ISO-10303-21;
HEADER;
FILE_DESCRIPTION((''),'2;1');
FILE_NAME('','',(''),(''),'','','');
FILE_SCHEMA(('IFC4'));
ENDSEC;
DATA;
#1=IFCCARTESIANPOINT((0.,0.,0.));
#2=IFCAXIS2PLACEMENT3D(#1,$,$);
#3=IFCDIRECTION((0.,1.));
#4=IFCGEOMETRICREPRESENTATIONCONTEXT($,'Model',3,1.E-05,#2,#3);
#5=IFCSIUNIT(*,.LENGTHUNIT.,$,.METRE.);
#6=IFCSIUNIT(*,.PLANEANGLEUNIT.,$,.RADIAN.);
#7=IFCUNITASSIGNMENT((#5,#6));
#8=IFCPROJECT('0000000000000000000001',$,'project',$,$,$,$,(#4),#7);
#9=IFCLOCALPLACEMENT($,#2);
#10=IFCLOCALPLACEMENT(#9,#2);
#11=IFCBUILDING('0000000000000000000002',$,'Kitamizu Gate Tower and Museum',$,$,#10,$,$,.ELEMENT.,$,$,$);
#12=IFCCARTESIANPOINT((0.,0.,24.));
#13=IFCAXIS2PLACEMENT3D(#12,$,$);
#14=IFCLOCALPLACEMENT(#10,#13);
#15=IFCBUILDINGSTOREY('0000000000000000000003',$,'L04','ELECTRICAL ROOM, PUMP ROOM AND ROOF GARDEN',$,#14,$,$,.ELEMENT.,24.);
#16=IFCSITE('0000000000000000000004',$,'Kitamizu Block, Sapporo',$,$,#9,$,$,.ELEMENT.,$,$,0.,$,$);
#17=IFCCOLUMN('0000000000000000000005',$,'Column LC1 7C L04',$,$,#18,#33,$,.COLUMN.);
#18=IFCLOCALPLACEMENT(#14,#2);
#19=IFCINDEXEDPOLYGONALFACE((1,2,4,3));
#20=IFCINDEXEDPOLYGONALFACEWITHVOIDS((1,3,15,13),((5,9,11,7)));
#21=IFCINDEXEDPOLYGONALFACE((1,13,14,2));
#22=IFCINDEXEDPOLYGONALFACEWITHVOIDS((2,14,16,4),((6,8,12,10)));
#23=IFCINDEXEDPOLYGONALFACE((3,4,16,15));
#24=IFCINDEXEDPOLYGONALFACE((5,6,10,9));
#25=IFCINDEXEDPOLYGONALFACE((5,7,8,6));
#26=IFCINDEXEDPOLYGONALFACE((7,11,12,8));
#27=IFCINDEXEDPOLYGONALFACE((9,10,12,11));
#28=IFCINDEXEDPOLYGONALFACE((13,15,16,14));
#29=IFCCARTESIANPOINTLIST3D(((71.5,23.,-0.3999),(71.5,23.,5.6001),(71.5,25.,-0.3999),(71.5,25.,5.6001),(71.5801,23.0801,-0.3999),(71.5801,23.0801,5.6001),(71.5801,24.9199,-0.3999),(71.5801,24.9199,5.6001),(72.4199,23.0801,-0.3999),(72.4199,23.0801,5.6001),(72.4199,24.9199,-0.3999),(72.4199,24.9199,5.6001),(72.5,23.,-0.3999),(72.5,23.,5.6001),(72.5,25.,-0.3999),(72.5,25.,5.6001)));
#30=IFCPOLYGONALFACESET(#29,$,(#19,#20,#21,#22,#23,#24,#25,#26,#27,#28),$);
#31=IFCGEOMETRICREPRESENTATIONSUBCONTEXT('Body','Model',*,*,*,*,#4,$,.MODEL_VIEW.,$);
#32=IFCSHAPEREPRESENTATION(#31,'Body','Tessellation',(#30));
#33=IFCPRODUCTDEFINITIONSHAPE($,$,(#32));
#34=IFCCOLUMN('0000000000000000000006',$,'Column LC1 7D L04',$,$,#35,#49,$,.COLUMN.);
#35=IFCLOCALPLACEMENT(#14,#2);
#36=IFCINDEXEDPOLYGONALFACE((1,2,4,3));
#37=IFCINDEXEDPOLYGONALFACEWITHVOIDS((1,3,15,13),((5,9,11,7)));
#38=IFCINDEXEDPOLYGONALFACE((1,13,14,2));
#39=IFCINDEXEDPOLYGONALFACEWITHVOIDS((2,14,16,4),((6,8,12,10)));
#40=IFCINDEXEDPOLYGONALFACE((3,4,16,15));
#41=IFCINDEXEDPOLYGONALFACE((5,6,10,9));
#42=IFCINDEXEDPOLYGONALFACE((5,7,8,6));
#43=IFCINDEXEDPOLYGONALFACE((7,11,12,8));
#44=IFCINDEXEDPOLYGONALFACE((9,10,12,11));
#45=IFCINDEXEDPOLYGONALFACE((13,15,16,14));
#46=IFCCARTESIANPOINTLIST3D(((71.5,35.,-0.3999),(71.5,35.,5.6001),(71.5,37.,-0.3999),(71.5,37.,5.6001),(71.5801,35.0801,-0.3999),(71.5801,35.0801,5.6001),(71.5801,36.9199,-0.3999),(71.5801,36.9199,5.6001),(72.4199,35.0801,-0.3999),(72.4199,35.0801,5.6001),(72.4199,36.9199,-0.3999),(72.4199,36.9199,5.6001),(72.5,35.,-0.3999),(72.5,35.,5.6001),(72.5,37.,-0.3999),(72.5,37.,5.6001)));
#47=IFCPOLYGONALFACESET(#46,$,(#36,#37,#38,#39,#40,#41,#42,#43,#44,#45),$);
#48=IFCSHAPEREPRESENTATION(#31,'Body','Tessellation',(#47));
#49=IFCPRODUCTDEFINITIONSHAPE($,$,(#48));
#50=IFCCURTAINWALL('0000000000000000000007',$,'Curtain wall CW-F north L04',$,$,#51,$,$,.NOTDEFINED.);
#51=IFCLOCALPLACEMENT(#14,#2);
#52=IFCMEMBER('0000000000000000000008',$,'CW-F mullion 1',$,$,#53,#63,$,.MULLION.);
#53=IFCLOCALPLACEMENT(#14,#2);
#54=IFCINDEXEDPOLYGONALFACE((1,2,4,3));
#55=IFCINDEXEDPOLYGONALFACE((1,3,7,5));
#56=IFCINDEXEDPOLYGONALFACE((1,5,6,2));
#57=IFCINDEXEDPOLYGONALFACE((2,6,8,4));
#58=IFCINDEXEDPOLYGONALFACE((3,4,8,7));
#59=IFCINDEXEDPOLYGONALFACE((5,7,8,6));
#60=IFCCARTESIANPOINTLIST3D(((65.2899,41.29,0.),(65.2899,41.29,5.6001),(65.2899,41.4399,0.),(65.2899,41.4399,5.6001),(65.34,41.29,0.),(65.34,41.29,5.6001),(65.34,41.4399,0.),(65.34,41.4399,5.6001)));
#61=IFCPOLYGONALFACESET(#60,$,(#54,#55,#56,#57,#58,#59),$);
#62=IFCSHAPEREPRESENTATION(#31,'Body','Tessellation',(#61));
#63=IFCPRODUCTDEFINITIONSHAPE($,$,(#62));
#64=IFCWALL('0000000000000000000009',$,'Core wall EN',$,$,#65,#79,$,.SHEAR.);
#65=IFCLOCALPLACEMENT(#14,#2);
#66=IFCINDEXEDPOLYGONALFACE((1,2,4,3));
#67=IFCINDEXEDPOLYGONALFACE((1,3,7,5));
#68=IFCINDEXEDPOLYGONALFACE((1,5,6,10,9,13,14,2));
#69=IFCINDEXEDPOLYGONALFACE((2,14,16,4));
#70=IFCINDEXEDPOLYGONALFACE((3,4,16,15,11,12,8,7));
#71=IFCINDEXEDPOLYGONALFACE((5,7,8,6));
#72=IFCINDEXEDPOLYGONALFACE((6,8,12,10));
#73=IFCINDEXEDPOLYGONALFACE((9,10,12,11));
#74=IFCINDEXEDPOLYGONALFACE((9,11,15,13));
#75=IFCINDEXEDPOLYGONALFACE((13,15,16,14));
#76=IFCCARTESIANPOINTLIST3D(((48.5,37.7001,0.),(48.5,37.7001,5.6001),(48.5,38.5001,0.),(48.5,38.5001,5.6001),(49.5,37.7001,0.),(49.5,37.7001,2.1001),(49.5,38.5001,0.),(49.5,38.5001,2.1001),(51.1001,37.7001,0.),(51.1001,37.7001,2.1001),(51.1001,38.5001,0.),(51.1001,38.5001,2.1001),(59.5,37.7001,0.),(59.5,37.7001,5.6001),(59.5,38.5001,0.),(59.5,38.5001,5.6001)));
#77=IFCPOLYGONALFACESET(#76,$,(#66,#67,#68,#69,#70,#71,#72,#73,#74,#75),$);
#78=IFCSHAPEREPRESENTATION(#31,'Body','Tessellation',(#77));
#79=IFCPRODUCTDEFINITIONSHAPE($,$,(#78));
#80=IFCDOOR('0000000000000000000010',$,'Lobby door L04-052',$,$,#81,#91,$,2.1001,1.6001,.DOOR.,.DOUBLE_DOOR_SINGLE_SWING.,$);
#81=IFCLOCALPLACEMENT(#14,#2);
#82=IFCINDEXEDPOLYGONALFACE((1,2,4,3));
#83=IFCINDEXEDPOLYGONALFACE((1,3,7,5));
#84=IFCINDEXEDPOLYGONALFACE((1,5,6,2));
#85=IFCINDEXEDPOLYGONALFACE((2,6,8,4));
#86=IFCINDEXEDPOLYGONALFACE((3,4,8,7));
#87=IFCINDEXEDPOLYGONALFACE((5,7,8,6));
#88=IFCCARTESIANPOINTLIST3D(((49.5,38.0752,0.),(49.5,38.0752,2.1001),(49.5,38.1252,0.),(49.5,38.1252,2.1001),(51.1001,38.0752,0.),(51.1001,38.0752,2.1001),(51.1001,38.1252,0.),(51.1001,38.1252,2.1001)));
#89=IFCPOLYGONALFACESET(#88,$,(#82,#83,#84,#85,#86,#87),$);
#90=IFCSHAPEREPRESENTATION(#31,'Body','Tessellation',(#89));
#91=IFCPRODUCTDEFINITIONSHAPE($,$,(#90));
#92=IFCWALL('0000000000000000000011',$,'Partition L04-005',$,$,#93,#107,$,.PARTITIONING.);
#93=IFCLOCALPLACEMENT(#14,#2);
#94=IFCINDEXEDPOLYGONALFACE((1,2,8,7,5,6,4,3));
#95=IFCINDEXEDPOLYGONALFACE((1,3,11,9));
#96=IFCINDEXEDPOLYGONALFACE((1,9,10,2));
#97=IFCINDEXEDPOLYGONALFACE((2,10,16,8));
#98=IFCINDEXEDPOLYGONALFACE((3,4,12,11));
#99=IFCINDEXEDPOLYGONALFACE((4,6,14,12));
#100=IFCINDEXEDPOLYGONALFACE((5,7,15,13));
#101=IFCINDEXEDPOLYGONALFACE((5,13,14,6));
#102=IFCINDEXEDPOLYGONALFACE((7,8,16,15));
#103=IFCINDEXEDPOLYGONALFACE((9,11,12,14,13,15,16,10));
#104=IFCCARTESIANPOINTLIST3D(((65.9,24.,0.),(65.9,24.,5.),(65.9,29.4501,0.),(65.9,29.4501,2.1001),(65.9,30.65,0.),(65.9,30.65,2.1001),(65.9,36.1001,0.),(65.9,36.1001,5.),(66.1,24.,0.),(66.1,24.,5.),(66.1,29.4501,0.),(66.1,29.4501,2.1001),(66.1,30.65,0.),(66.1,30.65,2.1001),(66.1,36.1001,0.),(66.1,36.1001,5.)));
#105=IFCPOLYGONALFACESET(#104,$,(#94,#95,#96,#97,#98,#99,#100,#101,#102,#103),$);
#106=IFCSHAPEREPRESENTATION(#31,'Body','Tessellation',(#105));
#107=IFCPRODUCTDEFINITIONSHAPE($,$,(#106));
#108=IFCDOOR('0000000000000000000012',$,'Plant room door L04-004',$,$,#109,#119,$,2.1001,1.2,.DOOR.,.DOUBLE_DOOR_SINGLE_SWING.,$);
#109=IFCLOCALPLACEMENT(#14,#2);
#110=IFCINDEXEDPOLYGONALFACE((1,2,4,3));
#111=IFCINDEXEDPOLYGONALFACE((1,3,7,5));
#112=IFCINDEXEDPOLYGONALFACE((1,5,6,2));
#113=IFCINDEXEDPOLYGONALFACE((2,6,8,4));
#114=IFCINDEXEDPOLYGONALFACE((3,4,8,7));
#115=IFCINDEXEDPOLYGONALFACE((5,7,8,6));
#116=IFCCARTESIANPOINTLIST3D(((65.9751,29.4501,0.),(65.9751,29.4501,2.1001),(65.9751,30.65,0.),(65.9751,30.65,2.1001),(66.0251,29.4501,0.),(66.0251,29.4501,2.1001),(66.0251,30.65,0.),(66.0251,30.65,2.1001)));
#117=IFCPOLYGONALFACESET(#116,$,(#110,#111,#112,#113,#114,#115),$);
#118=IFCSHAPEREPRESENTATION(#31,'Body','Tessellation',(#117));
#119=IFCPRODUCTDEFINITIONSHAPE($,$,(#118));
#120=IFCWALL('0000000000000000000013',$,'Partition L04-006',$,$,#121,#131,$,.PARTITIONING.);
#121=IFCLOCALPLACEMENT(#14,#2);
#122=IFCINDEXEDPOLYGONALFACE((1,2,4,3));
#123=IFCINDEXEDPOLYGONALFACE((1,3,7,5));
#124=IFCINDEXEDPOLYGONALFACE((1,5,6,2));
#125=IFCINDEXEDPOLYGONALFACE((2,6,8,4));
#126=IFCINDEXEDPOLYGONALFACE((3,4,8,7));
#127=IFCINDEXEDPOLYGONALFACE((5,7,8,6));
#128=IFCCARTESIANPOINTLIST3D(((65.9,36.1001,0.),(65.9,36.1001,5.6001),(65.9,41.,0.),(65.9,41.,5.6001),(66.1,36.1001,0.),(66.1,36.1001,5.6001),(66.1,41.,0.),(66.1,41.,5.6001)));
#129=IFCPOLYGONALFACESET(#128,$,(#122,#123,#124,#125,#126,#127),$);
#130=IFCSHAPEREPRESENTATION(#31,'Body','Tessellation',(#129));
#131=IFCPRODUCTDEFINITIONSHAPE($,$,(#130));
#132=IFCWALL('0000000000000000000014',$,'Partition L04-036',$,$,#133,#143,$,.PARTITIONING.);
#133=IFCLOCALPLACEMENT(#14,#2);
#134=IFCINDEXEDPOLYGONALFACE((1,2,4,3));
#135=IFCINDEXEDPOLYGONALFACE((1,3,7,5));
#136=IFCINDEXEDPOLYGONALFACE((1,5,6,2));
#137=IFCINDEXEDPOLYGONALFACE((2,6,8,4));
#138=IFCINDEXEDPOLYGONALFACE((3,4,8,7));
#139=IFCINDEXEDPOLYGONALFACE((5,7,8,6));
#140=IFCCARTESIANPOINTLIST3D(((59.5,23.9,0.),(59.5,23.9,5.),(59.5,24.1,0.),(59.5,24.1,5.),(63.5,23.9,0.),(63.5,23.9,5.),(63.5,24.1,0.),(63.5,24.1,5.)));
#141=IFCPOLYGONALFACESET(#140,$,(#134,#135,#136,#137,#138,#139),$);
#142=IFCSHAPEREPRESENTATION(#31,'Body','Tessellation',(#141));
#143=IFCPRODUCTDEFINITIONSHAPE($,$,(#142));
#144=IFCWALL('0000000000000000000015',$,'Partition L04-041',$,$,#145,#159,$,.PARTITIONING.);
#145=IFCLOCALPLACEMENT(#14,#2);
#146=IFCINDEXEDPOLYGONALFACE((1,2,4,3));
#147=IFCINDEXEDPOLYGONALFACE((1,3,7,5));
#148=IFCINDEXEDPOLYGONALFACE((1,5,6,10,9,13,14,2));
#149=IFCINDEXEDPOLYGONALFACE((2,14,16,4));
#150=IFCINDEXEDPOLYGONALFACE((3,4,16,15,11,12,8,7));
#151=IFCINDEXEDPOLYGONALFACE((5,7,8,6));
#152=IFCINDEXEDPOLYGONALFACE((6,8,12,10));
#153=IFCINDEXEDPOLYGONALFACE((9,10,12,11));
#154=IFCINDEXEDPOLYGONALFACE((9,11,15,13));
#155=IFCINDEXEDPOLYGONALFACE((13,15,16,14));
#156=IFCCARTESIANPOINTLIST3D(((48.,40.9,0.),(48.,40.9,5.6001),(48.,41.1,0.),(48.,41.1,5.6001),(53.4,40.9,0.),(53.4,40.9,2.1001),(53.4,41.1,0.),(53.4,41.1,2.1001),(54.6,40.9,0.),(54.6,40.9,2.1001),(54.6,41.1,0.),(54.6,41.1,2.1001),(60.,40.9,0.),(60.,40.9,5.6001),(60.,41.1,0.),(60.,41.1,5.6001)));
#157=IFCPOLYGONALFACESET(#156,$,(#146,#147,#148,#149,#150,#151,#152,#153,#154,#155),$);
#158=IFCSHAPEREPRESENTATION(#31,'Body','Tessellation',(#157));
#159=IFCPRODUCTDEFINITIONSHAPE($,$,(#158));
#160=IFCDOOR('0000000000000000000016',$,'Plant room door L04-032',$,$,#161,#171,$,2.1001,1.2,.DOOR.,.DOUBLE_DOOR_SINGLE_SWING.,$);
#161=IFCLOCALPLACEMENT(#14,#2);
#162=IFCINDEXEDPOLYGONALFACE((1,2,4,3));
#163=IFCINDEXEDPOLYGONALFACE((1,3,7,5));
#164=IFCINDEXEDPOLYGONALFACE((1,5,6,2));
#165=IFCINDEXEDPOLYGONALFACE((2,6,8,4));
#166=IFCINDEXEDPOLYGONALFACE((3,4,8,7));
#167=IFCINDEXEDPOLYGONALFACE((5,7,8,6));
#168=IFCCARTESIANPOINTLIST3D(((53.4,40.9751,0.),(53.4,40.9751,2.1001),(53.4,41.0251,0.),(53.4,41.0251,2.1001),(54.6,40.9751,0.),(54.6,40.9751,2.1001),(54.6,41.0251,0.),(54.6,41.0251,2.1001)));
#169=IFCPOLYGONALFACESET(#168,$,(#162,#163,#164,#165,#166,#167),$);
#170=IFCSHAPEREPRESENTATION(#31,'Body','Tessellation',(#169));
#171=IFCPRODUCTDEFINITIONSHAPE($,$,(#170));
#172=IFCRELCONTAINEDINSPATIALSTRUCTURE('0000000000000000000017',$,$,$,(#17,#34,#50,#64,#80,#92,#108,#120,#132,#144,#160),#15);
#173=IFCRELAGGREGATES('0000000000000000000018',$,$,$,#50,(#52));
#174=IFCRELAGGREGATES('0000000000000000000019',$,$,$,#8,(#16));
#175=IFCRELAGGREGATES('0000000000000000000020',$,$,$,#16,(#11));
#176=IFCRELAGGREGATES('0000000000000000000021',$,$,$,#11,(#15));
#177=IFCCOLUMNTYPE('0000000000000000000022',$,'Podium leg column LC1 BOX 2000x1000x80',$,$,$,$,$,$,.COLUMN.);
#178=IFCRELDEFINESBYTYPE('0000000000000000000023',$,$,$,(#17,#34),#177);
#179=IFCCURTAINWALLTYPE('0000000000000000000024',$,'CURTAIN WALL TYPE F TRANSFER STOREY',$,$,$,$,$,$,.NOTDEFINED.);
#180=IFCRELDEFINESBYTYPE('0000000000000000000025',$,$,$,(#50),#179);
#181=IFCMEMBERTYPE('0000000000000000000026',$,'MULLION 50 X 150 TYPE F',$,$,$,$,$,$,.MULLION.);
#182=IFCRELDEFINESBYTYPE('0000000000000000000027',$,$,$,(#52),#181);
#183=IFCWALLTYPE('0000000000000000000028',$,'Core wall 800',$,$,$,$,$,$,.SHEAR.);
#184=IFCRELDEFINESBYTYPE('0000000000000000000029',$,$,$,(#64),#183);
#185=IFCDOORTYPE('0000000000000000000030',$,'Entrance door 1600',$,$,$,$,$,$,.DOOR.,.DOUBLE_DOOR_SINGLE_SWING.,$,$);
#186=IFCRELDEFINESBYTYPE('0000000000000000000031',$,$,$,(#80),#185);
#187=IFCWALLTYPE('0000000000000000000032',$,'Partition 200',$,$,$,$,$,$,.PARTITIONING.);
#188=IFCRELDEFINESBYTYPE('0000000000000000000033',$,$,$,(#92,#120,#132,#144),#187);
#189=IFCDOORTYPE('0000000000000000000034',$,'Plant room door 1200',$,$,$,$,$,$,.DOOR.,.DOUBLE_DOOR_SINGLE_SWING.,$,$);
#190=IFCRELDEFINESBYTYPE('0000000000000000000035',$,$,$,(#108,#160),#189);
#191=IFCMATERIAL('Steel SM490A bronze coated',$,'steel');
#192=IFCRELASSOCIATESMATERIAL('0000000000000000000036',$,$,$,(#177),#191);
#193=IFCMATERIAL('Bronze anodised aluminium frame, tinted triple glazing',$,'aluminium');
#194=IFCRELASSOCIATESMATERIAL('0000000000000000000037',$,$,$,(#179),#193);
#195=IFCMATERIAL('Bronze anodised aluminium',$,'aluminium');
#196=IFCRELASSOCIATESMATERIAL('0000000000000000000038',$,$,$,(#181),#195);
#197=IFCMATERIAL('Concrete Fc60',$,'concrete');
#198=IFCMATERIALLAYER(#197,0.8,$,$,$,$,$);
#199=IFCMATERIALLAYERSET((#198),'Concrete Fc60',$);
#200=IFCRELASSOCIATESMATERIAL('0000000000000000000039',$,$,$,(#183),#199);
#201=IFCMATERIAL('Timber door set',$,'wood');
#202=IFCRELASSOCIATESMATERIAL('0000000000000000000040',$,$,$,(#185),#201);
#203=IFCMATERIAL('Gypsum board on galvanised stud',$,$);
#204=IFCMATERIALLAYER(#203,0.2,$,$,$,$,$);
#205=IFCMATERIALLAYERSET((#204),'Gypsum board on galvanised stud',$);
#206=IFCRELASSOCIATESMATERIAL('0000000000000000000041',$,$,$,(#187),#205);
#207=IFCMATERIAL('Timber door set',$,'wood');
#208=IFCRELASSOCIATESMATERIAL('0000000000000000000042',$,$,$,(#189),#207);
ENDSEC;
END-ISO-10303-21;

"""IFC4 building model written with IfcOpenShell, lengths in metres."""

from ifc_helpers import new_model, si_unit, direction, frame, frame_2d, origin, origin_2d, place, context, subcontext, project, spatial, rectangle, hollow_rectangle, extrude, material, layer, layer_set, material_profile, profile_set, type_object, element, fill, aggregate, save


model = new_model("IFC4")

# Units and contexts
model_context = context("Model", 3, precision=1e-05, world=origin(), true_north=direction((0.0, 1.0)))
body_context = subcontext(model_context, "Body", "Model", "MODEL_VIEW")
ifc_project = project(units=[si_unit("LENGTHUNIT", "METRE"), si_unit("PLANEANGLEUNIT", "RADIAN")], contexts=[model_context])

# Site, building, storey
site_placement = place(None, origin())
site = spatial("IfcSite", under=ifc_project, at=site_placement, Name="Kitamizu Block, Sapporo", CompositionType="ELEMENT", RefElevation=0.0)
building_placement = place(site_placement, origin())
building = spatial("IfcBuilding", under=site, at=building_placement, Name="Kitamizu Gate Tower and Museum", CompositionType="ELEMENT")
storey_placement = place(building_placement, frame((0.0, 0.0, 24.0)))
storey = spatial("IfcBuildingStorey", under=building, at=storey_placement, Name="L04", Description="ELECTRICAL ROOM, PUMP ROOM AND ROOF GARDEN", CompositionType="ELEMENT", Elevation=24.0)

# Columns
ifc_material_1 = material(Name="Steel SM490A bronze coated", Category="steel")
ifc_material_profile_1 = material_profile(ifc_material_1, hollow_rectangle(XDim=2.0, YDim=1.0, WallThickness=0.0801, at=origin_2d()), Name="BOX 2000x1000x80")
ifc_profile_set_1 = profile_set([ifc_material_profile_1], Name="Steel SM490A bronze coated")
column_type = type_object("IfcColumnType", Name="Podium leg column LC1 BOX 2000x1000x80", PredefinedType="COLUMN", material=ifc_profile_set_1)
for number, where, z_axis, x_axis, name in (
    (1, (72.0, 24.0, -0.3999), (0.0, 0.0, 1.0), (0.0, 1.0, 0.0), "Column LC1 7C L04"),
    (2, (72.0, 36.0, -0.3999), (0.0, 0.0, 1.0), (0.0, 1.0, 0.0), "Column LC1 7D L04"),
):
    element("IfcColumn", number, at=place(storey_placement, frame(where, z_axis=z_axis, x_axis=x_axis)), inside=storey, type_object=column_type, Name=name, PredefinedType="COLUMN", context=body_context, shape_type="SweptSolid", body=[
        extrude(hollow_rectangle(XDim=2.0, YDim=1.0, WallThickness=0.0801, at=origin_2d()), origin(), (0.0, 0.0, 1.0), 6.0),
    ])

# Curtain wall, member
ifc_material_2 = material(Name="Bronze anodised aluminium frame, tinted triple glazing", Category="aluminium")
curtain_wall_type = type_object("IfcCurtainWallType", Name="CURTAIN WALL TYPE F TRANSFER STOREY", PredefinedType="NOTDEFINED", material=ifc_material_2)
curtain_wall_placement = place(storey_placement, origin())
curtain_wall = element("IfcCurtainWall", 3, at=curtain_wall_placement, inside=storey, type_object=curtain_wall_type, Name="Curtain wall CW-F north L04", PredefinedType="NOTDEFINED")
ifc_material_3 = material(Name="Bronze anodised aluminium", Category="aluminium")
ifc_material_profile_2 = material_profile(ifc_material_3, rectangle(XDim=0.05, YDim=0.1499, at=origin_2d()), Name="AL 50X150")
ifc_profile_set_2 = profile_set([ifc_material_profile_2], Name="Bronze anodised aluminium")
member_type = type_object("IfcMemberType", Name="MULLION 50 X 150 TYPE F", PredefinedType="MULLION", material=ifc_profile_set_2)
member_placement = place(storey_placement, frame((65.3149, 41.365, 0.0), z_axis=(0.0, 0.0, 1.0), x_axis=(1.0, 0.0, 0.0)))
member = element("IfcMember", 4, at=member_placement, type_object=member_type, Name="CW-F mullion 1", PredefinedType="MULLION", context=body_context, shape_type="SweptSolid", body=[
    extrude(rectangle(XDim=0.05, YDim=0.1499, at=origin_2d()), origin(), (0.0, 0.0, 1.0), 5.6001),
])
aggregate(curtain_wall, [member])

# Walls, openings, doors
ifc_material_4 = material(Name="Concrete Fc60", Category="concrete")
ifc_layer_1 = layer(ifc_material_4, 0.8)
ifc_layer_set_1 = layer_set([ifc_layer_1], Name="Concrete Fc60")
wall_type_1 = type_object("IfcWallType", Name="Core wall 800", PredefinedType="SHEAR", material=ifc_layer_set_1)
wall_1_placement = place(storey_placement, frame((59.5, 38.1001, 0.0), z_axis=(0.0, 0.0, 1.0), x_axis=(-1.0, 0.0, 0.0)))
wall_1 = element("IfcWall", 5, at=wall_1_placement, inside=storey, type_object=wall_type_1, Name="Core wall EN", PredefinedType="SHEAR", context=body_context, shape_type="SweptSolid", body=[
    extrude(rectangle(XDim=11.0, YDim=0.8, at=frame_2d((5.5, 0.0))), origin(), (0.0, 0.0, 1.0), 5.6001),
])
opening_1_placement = place(wall_1_placement, frame((8.3999, 0.0, 0.0)))
opening_1 = element("IfcOpeningElement", 6, at=opening_1_placement, cuts=wall_1, PredefinedType="OPENING", context=body_context, shape_type="SweptSolid", body=[
    extrude(rectangle(XDim=1.6001, YDim=2.1001, at=frame_2d((0.8, 1.05))), frame((0.0, 0.4102, 0.0), z_axis=(0.0, -1.0, 0.0), x_axis=(1.0, 0.0, 0.0)), (0.0, 0.0, 1.0), 0.8201),
])
ifc_material_5 = material(Name="Timber door set", Category="wood")
door_type_1 = type_object("IfcDoorType", Name="Entrance door 1600", OperationType="DOUBLE_DOOR_SINGLE_SWING", PredefinedType="DOOR", material=ifc_material_5)
door_1_placement = place(opening_1_placement, origin())
door_1 = element("IfcDoor", 7, at=door_1_placement, inside=storey, type_object=door_type_1, Name="Lobby door L04-052", OperationType="DOUBLE_DOOR_SINGLE_SWING", OverallHeight=2.1001, OverallWidth=1.6001, PredefinedType="DOOR", context=body_context, shape_type="SweptSolid", body=[
    extrude(rectangle(XDim=1.6001, YDim=2.1001, at=frame_2d((0.8, 1.05))), frame((0.0, 0.0249, 0.0), z_axis=(0.0, -1.0, 0.0), x_axis=(1.0, 0.0, 0.0)), (0.0, 0.0, 1.0), 0.05),
])
fill(opening_1, door_1)
ifc_material_6 = material(Name="Gypsum board on galvanised stud")
ifc_layer_2 = layer(ifc_material_6, 0.2)
ifc_layer_set_2 = layer_set([ifc_layer_2], Name="Gypsum board on galvanised stud")
wall_type_2 = type_object("IfcWallType", Name="Partition 200", PredefinedType="PARTITIONING", material=ifc_layer_set_2)
wall_2_placement = place(storey_placement, frame((66.0, 24.0, 0.0), z_axis=(0.0, 0.0, 1.0), x_axis=(0.0, 1.0, 0.0)))
wall_2 = element("IfcWall", 8, at=wall_2_placement, inside=storey, type_object=wall_type_2, Name="Partition L04-005", PredefinedType="PARTITIONING", context=body_context, shape_type="SweptSolid", body=[
    extrude(rectangle(XDim=12.1001, YDim=0.2, at=frame_2d((6.05, 0.0))), origin(), (0.0, 0.0, 1.0), 5.0),
])
opening_2_placement = place(wall_2_placement, frame((5.45, 0.0, 0.0)))
opening_2 = element("IfcOpeningElement", 9, at=opening_2_placement, cuts=wall_2, PredefinedType="OPENING", context=body_context, shape_type="SweptSolid", body=[
    extrude(rectangle(XDim=1.2, YDim=2.1001, at=frame_2d((0.6001, 1.05))), frame((0.0, 0.1099, 0.0), z_axis=(0.0, -1.0, 0.0), x_axis=(1.0, 0.0, 0.0)), (0.0, 0.0, 1.0), 0.22),
])
ifc_material_7 = material(Name="Timber door set", Category="wood")
door_type_2 = type_object("IfcDoorType", Name="Plant room door 1200", OperationType="DOUBLE_DOOR_SINGLE_SWING", PredefinedType="DOOR", material=ifc_material_7)
door_2_placement = place(opening_2_placement, origin())
door_2 = element("IfcDoor", 10, at=door_2_placement, inside=storey, type_object=door_type_2, Name="Plant room door L04-004", OperationType="DOUBLE_DOOR_SINGLE_SWING", OverallHeight=2.1001, OverallWidth=1.2, PredefinedType="DOOR", context=body_context, shape_type="SweptSolid", body=[
    extrude(rectangle(XDim=1.2, YDim=2.1001, at=frame_2d((0.6001, 1.05))), frame((0.0, 0.0249, 0.0), z_axis=(0.0, -1.0, 0.0), x_axis=(1.0, 0.0, 0.0)), (0.0, 0.0, 1.0), 0.05),
])
fill(opening_2, door_2)

# Walls
wall_3_placement = place(storey_placement, frame((66.0, 36.1001, 0.0), z_axis=(0.0, 0.0, 1.0), x_axis=(0.0, 1.0, 0.0)))
element("IfcWall", 11, at=wall_3_placement, inside=storey, type_object=wall_type_2, Name="Partition L04-006", PredefinedType="PARTITIONING", context=body_context, shape_type="SweptSolid", body=[
    extrude(rectangle(XDim=4.8999, YDim=0.2, at=frame_2d((2.45, 0.0))), origin(), (0.0, 0.0, 1.0), 5.6001),
])
wall_4_placement = place(storey_placement, frame((63.5, 24.0, 0.0), z_axis=(0.0, 0.0, 1.0), x_axis=(-1.0, 0.0, 0.0)))
element("IfcWall", 12, at=wall_4_placement, inside=storey, type_object=wall_type_2, Name="Partition L04-036", PredefinedType="PARTITIONING", context=body_context, shape_type="SweptSolid", body=[
    extrude(rectangle(XDim=4.0, YDim=0.2, at=frame_2d((2.0, 0.0))), origin(), (0.0, 0.0, 1.0), 5.0),
])

# Wall, opening, door
wall_5_placement = place(storey_placement, frame((60.0, 41.0, 0.0), z_axis=(0.0, 0.0, 1.0), x_axis=(-1.0, 0.0, 0.0)))
wall_5 = element("IfcWall", 13, at=wall_5_placement, inside=storey, type_object=wall_type_2, Name="Partition L04-041", PredefinedType="PARTITIONING", context=body_context, shape_type="SweptSolid", body=[
    extrude(rectangle(XDim=12.0, YDim=0.2, at=frame_2d((6.0, 0.0))), origin(), (0.0, 0.0, 1.0), 5.6001),
])
opening_3_placement = place(wall_5_placement, frame((5.3999, 0.0, 0.0)))
opening_3 = element("IfcOpeningElement", 14, at=opening_3_placement, cuts=wall_5, PredefinedType="OPENING", context=body_context, shape_type="SweptSolid", body=[
    extrude(rectangle(XDim=1.2, YDim=2.1001, at=frame_2d((0.6001, 1.05))), frame((0.0, 0.1099, 0.0), z_axis=(0.0, -1.0, 0.0), x_axis=(1.0, 0.0, 0.0)), (0.0, 0.0, 1.0), 0.22),
])
door_3_placement = place(opening_3_placement, origin())
door_3 = element("IfcDoor", 15, at=door_3_placement, inside=storey, type_object=door_type_2, Name="Plant room door L04-032", OperationType="DOUBLE_DOOR_SINGLE_SWING", OverallHeight=2.1001, OverallWidth=1.2, PredefinedType="DOOR", context=body_context, shape_type="SweptSolid", body=[
    extrude(rectangle(XDim=1.2, YDim=2.1001, at=frame_2d((0.6001, 1.05))), frame((0.0, 0.0249, 0.0), z_axis=(0.0, -1.0, 0.0), x_axis=(1.0, 0.0, 0.0)), (0.0, 0.0, 1.0), 0.05),
])
fill(opening_3, door_3)

save(model, "model.ifc")
